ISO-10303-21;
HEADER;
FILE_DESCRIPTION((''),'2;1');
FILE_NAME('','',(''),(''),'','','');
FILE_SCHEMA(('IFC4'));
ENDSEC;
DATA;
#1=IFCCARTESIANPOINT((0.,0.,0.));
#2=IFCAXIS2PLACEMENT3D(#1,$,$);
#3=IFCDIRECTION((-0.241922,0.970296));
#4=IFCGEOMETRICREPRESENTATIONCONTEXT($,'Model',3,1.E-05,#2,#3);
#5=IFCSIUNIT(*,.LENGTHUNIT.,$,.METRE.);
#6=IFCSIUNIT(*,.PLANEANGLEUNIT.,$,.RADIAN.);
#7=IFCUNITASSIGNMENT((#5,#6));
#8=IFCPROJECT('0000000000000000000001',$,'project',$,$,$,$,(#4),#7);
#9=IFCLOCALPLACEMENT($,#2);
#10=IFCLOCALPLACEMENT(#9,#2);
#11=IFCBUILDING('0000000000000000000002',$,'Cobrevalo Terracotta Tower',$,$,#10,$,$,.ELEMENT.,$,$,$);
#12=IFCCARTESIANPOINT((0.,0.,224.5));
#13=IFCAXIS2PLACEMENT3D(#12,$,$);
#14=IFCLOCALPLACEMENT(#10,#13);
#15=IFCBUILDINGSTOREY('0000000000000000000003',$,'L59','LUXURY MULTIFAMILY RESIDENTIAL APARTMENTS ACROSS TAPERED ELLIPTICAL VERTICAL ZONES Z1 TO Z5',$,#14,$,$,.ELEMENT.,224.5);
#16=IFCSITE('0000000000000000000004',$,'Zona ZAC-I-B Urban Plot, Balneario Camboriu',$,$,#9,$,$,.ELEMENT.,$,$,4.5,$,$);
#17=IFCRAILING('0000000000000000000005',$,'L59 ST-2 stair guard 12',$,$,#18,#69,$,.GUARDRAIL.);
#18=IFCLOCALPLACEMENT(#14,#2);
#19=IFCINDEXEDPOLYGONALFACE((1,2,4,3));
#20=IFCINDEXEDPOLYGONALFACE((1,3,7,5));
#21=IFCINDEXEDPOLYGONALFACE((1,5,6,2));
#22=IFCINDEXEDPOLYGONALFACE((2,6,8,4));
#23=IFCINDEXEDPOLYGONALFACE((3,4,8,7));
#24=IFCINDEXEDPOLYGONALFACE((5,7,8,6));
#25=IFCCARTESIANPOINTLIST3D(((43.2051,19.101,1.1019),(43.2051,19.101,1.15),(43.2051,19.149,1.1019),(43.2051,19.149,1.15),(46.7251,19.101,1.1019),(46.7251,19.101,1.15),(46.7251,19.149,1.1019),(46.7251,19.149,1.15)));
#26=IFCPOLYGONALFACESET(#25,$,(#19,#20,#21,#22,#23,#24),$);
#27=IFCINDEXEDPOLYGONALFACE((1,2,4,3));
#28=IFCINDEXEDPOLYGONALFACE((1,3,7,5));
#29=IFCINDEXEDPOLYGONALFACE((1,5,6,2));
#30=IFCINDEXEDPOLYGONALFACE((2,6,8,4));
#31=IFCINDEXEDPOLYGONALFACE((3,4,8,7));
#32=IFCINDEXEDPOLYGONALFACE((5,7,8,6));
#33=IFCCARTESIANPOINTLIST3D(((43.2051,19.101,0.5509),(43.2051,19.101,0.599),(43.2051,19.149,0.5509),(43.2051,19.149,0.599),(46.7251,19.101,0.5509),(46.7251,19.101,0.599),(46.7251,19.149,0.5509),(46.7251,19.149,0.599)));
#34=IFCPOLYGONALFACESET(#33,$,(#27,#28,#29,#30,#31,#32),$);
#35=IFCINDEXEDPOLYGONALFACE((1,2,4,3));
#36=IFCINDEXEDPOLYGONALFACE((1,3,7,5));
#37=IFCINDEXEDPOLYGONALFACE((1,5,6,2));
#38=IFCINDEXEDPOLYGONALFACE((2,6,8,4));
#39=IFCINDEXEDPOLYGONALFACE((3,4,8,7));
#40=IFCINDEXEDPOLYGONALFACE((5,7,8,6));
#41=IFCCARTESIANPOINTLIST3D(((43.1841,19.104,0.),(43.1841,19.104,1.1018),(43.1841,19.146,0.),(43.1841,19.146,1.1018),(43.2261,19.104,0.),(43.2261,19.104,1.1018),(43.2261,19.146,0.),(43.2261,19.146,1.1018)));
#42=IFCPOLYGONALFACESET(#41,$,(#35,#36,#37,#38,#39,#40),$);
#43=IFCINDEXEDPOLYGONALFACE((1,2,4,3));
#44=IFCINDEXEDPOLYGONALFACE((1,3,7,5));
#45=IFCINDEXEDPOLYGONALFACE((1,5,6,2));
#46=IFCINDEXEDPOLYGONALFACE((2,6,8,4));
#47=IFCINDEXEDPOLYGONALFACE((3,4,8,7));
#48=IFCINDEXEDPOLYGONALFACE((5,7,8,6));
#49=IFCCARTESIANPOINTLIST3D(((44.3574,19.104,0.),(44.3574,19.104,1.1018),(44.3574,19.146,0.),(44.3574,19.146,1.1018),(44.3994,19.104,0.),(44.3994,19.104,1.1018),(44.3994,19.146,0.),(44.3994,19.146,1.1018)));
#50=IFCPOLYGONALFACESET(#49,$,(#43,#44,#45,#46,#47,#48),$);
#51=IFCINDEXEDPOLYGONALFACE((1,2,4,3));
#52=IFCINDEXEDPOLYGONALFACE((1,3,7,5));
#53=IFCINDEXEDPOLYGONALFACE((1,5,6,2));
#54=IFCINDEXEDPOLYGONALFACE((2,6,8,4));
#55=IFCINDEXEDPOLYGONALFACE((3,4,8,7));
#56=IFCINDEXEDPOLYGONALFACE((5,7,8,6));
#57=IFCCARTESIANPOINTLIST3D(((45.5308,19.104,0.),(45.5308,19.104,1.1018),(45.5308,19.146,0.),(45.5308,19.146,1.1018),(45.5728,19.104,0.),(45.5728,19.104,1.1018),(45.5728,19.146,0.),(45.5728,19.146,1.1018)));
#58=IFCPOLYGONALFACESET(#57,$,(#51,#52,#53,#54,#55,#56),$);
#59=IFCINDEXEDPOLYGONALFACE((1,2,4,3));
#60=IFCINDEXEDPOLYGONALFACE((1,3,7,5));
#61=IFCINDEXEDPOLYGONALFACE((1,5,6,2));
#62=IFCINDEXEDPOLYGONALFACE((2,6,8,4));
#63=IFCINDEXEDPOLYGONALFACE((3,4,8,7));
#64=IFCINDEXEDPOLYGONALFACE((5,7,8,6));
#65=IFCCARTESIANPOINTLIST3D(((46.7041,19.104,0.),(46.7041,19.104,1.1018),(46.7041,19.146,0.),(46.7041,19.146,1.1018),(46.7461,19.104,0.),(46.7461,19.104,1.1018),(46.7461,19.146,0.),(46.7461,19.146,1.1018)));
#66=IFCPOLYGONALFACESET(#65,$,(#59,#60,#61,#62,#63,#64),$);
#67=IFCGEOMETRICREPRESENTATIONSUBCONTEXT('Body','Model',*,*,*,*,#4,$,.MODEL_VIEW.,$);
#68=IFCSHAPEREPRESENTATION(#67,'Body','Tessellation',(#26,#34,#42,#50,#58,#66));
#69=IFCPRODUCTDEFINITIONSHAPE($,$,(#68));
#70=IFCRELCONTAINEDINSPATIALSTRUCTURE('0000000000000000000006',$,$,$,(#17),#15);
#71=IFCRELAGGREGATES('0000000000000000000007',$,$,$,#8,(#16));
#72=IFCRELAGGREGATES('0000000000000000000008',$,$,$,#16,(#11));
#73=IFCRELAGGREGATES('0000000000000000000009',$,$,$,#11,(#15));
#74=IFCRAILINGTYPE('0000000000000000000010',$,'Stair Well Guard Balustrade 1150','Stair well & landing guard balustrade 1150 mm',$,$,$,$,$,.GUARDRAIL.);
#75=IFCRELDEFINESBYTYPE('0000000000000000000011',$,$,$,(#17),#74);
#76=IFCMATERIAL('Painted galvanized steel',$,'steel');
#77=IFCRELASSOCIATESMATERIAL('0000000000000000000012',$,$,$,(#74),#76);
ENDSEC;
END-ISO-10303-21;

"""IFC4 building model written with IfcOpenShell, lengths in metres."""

from ifc_helpers import new_model, si_unit, direction, frame, origin, origin_2d, place, context, subcontext, project, spatial, rectangle, extrude, material, type_object, element, save


model = new_model("IFC4")

# Units and contexts
model_context = context("Model", 3, precision=1e-05, world=origin(), true_north=direction((-0.241922, 0.970296)))
body_context = subcontext(model_context, "Body", "Model", "MODEL_VIEW")
ifc_project = project(units=[si_unit("LENGTHUNIT", "METRE"), si_unit("PLANEANGLEUNIT", "RADIAN")], contexts=[model_context])

# Site, building, storey
site_placement = place(None, origin())
site = spatial("IfcSite", under=ifc_project, at=site_placement, Name="Zona ZAC-I-B Urban Plot, Balneario Camboriu", CompositionType="ELEMENT", RefElevation=4.5)
building_placement = place(site_placement, origin())
building = spatial("IfcBuilding", under=site, at=building_placement, Name="Cobrevalo Terracotta Tower", CompositionType="ELEMENT")
storey_placement = place(building_placement, frame((0.0, 0.0, 224.5)))
storey = spatial("IfcBuildingStorey", under=building, at=storey_placement, Name="L59", Description="LUXURY MULTIFAMILY RESIDENTIAL APARTMENTS ACROSS TAPERED ELLIPTICAL VERTICAL ZONES Z1 TO Z5", CompositionType="ELEMENT", Elevation=224.5)

# Railing
ifc_material_1 = material(Name="Painted galvanized steel", Category="steel")
railing_type_1 = type_object("IfcRailingType", Name="Stair Well Guard Balustrade 1150", Description="Stair well & landing guard balustrade 1150 mm", PredefinedType="GUARDRAIL", material=ifc_material_1)
railing_1_placement = place(storey_placement, frame((43.2051, 19.125, 0.0)))
element("IfcRailing", 1, at=railing_1_placement, inside=storey, type_object=railing_type_1, Name="L59 ST-2 stair guard 12", PredefinedType="GUARDRAIL", context=body_context, shape_type="SweptSolid", body=[
    extrude(rectangle(XDim=0.0481, YDim=0.0481, at=origin_2d()), frame((0.0, 0.0, 1.126), z_axis=(1.0, 0.0, 0.0), x_axis=(0.0, 1.0, 0.0)), (0.0, 0.0, 1.0), 3.52),
    extrude(rectangle(XDim=0.0481, YDim=0.0481, at=origin_2d()), frame((0.0, 0.0, 0.575), z_axis=(1.0, 0.0, 0.0), x_axis=(0.0, 1.0, 0.0)), (0.0, 0.0, 1.0), 3.52),
    extrude(rectangle(XDim=0.042, YDim=0.042, at=origin_2d()), origin(), (0.0, 0.0, 1.0), 1.1018),
    extrude(rectangle(XDim=0.042, YDim=0.042, at=origin_2d()), frame((1.1733, 0.0, 0.0)), (0.0, 0.0, 1.0), 1.1018),
    extrude(rectangle(XDim=0.042, YDim=0.042, at=origin_2d()), frame((2.3467, 0.0, 0.0)), (0.0, 0.0, 1.0), 1.1018),
    extrude(rectangle(XDim=0.042, YDim=0.042, at=origin_2d()), frame((3.52, 0.0, 0.0)), (0.0, 0.0, 1.0), 1.1018),
])

save(model, "model.ifc")
